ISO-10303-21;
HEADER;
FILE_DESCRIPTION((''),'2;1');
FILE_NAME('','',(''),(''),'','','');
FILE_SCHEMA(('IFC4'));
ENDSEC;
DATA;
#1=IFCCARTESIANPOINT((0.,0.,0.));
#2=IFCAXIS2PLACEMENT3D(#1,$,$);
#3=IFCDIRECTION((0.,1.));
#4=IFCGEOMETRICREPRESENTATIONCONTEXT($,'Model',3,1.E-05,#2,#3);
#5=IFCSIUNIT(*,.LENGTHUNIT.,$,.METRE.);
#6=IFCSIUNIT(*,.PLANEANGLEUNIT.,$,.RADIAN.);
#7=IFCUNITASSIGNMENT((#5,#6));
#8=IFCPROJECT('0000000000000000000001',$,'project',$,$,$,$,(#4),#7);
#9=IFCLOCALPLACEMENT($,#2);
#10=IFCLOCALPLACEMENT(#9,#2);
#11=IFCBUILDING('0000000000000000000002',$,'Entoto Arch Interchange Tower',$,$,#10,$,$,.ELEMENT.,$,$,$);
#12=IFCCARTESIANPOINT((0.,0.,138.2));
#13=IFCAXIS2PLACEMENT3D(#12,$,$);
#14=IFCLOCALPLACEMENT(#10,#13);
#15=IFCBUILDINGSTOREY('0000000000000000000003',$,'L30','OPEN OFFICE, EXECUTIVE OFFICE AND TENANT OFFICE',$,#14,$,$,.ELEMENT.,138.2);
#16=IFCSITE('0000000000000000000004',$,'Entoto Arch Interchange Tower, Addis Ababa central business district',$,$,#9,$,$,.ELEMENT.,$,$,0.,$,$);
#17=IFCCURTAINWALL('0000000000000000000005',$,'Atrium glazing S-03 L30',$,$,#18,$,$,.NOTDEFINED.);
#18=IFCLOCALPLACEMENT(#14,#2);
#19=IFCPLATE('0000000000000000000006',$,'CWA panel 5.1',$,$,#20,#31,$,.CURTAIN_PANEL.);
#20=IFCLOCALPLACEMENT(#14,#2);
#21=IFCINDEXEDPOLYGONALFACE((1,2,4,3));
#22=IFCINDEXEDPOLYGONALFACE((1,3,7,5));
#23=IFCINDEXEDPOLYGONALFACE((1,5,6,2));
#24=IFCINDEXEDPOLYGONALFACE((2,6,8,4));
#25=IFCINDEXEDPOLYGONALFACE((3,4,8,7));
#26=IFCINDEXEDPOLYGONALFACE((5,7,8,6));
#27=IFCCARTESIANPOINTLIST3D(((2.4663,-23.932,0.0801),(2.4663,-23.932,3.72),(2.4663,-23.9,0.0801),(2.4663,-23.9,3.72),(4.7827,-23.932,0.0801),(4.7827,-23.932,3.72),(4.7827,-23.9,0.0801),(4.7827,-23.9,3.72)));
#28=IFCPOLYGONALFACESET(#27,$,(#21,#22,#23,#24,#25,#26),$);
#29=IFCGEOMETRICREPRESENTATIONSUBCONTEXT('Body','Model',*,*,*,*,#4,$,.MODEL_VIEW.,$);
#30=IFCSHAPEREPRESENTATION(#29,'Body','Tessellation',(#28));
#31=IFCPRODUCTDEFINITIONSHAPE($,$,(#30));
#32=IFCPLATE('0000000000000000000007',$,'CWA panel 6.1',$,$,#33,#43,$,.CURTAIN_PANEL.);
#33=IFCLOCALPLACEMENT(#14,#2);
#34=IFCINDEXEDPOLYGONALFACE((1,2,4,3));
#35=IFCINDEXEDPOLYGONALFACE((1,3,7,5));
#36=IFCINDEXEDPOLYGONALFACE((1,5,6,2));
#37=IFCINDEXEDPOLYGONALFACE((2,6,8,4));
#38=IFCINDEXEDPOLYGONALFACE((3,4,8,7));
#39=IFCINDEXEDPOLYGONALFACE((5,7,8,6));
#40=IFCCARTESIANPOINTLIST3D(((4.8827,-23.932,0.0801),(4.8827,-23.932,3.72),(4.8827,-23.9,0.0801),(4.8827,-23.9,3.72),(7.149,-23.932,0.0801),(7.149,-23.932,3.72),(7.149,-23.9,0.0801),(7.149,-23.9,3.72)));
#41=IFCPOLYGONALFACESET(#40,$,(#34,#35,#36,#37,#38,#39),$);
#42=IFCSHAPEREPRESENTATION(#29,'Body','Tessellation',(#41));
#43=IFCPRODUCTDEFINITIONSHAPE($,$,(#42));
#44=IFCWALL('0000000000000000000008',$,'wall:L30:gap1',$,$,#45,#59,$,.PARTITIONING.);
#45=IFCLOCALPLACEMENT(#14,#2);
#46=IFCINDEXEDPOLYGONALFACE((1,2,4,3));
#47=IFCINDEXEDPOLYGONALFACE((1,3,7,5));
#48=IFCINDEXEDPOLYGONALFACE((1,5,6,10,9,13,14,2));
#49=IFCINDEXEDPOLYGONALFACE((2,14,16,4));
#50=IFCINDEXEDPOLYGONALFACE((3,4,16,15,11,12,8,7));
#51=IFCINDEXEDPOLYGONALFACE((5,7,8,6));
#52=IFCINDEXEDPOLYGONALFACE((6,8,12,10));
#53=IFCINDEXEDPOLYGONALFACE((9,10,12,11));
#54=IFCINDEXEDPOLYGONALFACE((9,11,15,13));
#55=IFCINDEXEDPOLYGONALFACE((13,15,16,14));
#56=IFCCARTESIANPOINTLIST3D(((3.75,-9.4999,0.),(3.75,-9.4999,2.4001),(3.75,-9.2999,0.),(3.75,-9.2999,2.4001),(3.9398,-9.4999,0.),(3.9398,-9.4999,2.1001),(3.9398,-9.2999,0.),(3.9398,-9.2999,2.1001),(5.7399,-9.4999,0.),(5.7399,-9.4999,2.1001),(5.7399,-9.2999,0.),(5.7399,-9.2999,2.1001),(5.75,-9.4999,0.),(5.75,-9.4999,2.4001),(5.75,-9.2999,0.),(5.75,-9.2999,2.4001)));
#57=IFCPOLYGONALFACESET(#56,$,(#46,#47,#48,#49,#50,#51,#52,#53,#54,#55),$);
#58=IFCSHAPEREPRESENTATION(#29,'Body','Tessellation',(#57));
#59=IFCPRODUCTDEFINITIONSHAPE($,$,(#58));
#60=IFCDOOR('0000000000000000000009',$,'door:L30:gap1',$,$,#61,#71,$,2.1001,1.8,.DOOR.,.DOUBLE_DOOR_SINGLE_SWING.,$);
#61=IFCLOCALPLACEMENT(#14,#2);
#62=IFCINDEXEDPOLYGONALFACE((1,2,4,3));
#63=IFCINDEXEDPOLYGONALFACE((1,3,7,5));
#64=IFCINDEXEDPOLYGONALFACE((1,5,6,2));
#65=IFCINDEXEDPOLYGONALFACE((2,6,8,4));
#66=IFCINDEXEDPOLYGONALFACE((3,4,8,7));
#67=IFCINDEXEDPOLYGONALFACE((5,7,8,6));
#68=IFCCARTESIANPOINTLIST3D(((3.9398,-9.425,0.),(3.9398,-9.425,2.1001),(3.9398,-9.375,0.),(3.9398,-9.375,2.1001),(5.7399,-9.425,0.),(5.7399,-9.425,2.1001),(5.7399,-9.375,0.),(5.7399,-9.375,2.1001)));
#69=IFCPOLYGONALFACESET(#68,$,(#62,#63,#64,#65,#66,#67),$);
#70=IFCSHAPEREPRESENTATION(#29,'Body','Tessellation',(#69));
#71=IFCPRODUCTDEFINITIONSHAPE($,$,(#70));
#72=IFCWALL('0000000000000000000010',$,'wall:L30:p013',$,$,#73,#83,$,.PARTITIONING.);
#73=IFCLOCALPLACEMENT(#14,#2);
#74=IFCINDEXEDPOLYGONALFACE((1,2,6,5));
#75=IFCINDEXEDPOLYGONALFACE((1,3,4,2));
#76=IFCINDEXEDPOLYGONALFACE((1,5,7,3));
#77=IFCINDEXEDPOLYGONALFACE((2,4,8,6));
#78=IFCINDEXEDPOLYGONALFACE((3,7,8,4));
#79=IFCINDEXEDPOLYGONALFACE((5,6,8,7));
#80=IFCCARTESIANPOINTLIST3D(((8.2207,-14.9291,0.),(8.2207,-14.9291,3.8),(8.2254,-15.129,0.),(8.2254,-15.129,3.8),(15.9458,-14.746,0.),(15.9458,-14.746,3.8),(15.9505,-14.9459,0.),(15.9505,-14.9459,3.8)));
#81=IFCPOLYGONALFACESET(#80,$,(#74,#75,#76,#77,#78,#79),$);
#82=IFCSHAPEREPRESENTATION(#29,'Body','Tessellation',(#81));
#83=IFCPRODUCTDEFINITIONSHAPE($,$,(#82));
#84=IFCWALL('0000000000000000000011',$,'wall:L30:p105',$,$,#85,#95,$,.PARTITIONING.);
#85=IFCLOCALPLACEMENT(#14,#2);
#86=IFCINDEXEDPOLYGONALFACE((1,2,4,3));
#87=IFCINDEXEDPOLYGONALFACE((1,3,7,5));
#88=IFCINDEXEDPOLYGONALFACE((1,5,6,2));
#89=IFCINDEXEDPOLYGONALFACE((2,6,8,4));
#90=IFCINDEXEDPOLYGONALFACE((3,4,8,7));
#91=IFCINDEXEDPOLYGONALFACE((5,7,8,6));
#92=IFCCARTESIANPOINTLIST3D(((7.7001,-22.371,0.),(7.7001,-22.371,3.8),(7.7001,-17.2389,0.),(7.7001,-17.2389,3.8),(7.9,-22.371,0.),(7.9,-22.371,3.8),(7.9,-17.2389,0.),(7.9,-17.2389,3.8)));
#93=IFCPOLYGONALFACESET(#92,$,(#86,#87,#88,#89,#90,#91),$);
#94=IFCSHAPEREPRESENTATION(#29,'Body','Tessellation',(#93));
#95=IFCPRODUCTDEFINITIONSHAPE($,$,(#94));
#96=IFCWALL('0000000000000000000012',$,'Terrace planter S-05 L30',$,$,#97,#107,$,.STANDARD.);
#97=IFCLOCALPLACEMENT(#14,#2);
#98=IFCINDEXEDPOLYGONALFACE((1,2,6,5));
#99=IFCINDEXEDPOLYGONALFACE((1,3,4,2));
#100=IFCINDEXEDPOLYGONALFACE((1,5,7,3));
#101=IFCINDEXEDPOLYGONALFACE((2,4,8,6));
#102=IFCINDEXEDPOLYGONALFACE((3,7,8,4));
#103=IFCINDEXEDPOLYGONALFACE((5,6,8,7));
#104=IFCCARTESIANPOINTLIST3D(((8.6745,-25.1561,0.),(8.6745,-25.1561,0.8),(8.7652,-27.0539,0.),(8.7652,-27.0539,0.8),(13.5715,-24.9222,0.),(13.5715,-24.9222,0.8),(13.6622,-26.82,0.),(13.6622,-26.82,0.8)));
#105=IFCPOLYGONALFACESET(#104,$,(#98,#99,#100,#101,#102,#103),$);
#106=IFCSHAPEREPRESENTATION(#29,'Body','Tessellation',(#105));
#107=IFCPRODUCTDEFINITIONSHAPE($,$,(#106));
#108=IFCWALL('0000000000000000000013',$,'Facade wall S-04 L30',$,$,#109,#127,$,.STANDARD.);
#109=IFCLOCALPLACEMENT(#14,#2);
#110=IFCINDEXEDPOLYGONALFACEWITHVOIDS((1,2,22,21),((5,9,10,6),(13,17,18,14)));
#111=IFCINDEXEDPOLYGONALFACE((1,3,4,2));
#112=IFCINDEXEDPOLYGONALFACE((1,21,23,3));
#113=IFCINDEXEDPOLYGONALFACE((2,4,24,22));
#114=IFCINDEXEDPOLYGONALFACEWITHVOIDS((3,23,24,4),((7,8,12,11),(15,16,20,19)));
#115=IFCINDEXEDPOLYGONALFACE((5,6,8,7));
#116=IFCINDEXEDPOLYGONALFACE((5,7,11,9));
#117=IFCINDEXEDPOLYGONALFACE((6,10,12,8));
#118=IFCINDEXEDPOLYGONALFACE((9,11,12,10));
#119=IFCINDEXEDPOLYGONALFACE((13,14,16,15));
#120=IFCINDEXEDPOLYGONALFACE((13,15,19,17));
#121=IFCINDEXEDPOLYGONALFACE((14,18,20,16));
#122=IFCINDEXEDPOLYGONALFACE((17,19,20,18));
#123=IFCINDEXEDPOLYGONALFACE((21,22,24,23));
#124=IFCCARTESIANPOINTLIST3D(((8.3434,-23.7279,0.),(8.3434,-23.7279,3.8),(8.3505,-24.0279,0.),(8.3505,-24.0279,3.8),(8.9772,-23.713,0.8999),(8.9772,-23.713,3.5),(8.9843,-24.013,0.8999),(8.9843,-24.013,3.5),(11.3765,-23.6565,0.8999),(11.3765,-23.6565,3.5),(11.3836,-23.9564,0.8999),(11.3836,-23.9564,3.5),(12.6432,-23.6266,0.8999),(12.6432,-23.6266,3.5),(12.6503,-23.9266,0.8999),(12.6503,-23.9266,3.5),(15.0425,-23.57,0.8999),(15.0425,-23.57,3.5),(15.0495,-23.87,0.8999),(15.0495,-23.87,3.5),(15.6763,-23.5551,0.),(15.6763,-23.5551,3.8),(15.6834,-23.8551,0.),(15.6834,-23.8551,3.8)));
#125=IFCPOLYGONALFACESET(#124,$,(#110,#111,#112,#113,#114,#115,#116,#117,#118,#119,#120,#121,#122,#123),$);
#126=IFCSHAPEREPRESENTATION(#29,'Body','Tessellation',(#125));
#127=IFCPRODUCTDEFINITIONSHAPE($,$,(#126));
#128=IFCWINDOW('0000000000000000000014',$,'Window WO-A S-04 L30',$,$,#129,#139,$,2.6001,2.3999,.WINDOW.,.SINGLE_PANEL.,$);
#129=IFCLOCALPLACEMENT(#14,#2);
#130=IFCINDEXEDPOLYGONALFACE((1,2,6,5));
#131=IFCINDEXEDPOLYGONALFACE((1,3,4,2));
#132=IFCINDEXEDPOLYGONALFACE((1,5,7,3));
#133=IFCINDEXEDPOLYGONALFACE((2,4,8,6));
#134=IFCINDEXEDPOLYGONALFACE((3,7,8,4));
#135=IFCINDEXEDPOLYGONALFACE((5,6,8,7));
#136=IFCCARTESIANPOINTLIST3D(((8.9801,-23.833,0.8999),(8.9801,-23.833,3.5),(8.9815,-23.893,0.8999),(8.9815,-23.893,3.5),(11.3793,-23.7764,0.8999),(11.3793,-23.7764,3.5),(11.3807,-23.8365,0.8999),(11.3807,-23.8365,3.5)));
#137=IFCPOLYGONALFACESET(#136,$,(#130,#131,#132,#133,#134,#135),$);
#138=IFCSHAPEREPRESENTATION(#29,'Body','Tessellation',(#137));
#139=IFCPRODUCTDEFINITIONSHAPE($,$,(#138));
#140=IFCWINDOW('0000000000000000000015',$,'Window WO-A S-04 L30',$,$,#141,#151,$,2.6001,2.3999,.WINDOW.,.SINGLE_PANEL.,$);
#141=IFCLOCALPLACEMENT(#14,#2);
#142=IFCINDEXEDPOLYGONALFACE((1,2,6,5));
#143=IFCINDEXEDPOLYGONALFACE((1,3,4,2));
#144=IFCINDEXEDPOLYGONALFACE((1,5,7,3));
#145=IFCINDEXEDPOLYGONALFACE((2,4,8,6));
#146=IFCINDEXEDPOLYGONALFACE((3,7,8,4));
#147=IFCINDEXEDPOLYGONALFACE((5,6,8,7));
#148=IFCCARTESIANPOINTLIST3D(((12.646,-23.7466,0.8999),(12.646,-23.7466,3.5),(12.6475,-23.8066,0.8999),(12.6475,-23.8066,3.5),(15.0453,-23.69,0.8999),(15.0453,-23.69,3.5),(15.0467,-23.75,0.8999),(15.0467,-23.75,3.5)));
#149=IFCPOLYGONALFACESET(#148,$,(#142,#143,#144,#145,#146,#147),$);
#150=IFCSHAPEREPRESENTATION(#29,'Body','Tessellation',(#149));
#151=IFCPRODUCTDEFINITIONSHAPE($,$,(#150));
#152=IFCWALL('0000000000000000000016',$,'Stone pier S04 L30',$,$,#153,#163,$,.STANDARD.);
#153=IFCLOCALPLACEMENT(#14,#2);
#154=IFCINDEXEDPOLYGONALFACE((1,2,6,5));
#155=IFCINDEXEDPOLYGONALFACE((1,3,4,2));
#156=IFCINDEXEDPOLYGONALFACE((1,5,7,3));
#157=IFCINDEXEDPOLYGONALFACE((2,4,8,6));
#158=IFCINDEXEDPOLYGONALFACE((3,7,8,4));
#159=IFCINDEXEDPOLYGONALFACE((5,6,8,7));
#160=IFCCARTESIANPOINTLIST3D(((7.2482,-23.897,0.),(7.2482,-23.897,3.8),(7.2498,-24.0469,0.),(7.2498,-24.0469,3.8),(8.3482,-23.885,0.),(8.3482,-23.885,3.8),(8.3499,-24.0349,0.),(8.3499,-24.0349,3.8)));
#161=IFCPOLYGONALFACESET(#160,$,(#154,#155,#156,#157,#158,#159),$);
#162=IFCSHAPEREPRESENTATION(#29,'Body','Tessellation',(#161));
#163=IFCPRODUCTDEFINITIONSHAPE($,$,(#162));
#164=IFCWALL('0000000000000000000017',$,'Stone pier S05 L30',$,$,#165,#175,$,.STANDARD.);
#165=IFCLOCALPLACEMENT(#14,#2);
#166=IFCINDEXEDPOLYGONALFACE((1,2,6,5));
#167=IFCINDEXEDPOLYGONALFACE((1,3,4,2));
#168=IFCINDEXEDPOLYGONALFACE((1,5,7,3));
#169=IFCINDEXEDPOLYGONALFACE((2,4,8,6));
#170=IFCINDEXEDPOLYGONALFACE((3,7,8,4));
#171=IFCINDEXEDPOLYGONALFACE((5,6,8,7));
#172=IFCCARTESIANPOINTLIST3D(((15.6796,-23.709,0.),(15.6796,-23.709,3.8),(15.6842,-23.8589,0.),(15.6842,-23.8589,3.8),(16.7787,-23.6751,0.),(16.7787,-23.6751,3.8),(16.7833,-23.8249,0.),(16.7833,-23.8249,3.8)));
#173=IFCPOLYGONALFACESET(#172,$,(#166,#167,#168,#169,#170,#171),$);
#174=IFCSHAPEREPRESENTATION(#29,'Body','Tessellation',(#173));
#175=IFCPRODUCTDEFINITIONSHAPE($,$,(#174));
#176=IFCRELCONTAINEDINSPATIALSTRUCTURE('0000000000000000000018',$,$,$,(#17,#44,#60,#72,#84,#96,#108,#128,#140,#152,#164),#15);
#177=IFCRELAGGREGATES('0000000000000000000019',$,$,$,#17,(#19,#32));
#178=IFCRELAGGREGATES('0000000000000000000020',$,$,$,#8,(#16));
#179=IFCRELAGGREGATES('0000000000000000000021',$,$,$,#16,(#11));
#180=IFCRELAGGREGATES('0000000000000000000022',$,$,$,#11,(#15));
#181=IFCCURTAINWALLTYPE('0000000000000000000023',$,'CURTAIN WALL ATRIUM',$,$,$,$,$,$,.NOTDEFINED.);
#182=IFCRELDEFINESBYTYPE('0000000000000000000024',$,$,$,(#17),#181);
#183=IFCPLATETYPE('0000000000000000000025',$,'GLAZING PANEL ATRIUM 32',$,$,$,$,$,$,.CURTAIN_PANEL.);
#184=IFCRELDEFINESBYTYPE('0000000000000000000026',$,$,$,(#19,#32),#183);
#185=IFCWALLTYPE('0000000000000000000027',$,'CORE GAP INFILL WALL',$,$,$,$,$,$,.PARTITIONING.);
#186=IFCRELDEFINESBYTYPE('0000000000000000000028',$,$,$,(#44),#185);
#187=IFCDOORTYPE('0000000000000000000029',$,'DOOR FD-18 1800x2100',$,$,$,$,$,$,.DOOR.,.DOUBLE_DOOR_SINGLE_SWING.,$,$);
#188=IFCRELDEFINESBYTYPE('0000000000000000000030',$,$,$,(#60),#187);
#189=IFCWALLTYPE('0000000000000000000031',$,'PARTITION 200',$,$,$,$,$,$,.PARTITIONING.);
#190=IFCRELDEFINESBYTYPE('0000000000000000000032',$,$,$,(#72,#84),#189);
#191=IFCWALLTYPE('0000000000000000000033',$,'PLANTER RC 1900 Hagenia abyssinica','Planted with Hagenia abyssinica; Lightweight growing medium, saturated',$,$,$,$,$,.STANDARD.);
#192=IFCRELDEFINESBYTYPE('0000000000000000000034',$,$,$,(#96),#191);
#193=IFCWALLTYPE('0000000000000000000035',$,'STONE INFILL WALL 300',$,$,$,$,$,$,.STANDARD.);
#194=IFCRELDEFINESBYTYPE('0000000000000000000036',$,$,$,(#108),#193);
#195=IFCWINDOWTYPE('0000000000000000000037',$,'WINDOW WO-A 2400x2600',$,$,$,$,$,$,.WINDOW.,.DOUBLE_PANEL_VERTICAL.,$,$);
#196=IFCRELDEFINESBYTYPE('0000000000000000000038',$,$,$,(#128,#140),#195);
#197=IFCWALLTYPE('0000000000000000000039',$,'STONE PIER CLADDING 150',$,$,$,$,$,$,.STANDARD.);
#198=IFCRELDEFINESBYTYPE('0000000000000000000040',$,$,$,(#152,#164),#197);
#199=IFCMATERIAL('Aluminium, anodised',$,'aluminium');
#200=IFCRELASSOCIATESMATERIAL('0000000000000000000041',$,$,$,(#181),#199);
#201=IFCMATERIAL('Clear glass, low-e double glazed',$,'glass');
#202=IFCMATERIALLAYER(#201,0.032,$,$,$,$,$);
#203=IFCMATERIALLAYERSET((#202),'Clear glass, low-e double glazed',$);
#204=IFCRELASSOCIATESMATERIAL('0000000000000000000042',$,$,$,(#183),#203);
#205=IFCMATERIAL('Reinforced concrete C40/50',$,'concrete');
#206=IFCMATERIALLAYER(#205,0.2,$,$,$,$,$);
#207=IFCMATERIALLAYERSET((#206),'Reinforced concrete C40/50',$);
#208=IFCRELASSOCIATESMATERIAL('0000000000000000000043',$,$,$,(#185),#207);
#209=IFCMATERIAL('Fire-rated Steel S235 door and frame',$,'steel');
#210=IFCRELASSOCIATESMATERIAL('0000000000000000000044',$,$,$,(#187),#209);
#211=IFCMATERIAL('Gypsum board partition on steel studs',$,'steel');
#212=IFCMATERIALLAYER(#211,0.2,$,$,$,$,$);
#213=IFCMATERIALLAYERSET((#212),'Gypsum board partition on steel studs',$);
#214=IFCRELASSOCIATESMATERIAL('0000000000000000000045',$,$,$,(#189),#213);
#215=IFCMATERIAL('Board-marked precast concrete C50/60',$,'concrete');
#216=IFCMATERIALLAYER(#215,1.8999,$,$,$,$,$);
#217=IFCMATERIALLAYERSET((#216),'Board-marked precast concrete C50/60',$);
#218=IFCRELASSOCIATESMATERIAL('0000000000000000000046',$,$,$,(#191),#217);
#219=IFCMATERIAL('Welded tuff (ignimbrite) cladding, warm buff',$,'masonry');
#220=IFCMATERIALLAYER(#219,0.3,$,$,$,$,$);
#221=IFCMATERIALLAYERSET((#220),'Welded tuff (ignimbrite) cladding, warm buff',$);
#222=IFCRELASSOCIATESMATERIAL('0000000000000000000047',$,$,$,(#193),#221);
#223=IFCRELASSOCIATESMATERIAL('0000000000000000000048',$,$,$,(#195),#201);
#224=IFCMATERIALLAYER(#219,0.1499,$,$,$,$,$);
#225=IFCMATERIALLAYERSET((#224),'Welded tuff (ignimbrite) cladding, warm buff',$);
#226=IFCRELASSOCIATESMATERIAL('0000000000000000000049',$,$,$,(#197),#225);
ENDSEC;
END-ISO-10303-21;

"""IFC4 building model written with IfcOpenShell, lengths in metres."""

from ifc_helpers import new_model, si_unit, direction, frame, frame_2d, origin, origin_2d, place, context, subcontext, project, spatial, rectangle, extrude, material, layer, layer_set, type_object, element, fill, aggregate, save


model = new_model("IFC4")

# Units and contexts
model_context = context("Model", 3, precision=1e-05, world=origin(), true_north=direction((0.0, 1.0)))
body_context = subcontext(model_context, "Body", "Model", "MODEL_VIEW")
ifc_project = project(units=[si_unit("LENGTHUNIT", "METRE"), si_unit("PLANEANGLEUNIT", "RADIAN")], contexts=[model_context])

# Site, building, storey
site_placement = place(None, origin())
site = spatial("IfcSite", under=ifc_project, at=site_placement, Name="Entoto Arch Interchange Tower, Addis Ababa central business district", CompositionType="ELEMENT", RefElevation=0.0)
building_placement = place(site_placement, origin())
building = spatial("IfcBuilding", under=site, at=building_placement, Name="Entoto Arch Interchange Tower", CompositionType="ELEMENT")
storey_placement = place(building_placement, frame((0.0, 0.0, 138.2)))
storey = spatial("IfcBuildingStorey", under=building, at=storey_placement, Name="L30", Description="OPEN OFFICE, EXECUTIVE OFFICE AND TENANT OFFICE", CompositionType="ELEMENT", Elevation=138.2)

# Curtain wall, plates
ifc_material_1 = material(Name="Aluminium, anodised", Category="aluminium")
curtain_wall_type = type_object("IfcCurtainWallType", Name="CURTAIN WALL ATRIUM", PredefinedType="NOTDEFINED", material=ifc_material_1)
curtain_wall_placement = place(storey_placement, origin())
curtain_wall = element("IfcCurtainWall", 1, at=curtain_wall_placement, inside=storey, type_object=curtain_wall_type, Name="Atrium glazing S-03 L30", PredefinedType="NOTDEFINED")
ifc_material_2 = material(Name="Clear glass, low-e double glazed", Category="glass")
ifc_layer_1 = layer(ifc_material_2, 0.032)
ifc_layer_set_1 = layer_set([ifc_layer_1], Name="Clear glass, low-e double glazed")
plate_type = type_object("IfcPlateType", Name="GLAZING PANEL ATRIUM 32", PredefinedType="CURTAIN_PANEL", material=ifc_layer_set_1)
plate_1_placement = place(storey_placement, frame((3.6245, -23.916, 0.0801), z_axis=(0.0, 0.0, 1.0), x_axis=(1.0, 0.0, 0.0)))
plate_1 = element("IfcPlate", 2, at=plate_1_placement, type_object=plate_type, Name="CWA panel 5.1", PredefinedType="CURTAIN_PANEL", context=body_context, shape_type="SweptSolid", body=[
    extrude(rectangle(XDim=2.3164, YDim=0.032, at=origin_2d()), origin(), (0.0, 0.0, 1.0), 3.6399),
])
plate_2_placement = place(storey_placement, frame((6.0159, -23.916, 0.0801), z_axis=(0.0, 0.0, 1.0), x_axis=(1.0, 0.0, 0.0)))
plate_2 = element("IfcPlate", 3, at=plate_2_placement, type_object=plate_type, Name="CWA panel 6.1", PredefinedType="CURTAIN_PANEL", context=body_context, shape_type="SweptSolid", body=[
    extrude(rectangle(XDim=2.2664, YDim=0.032, at=origin_2d()), origin(), (0.0, 0.0, 1.0), 3.6399),
])
aggregate(curtain_wall, [plate_1, plate_2])

# Wall, opening, door
ifc_material_3 = material(Name="Reinforced concrete C40/50", Category="concrete")
ifc_layer_2 = layer(ifc_material_3, 0.2)
ifc_layer_set_2 = layer_set([ifc_layer_2], Name="Reinforced concrete C40/50")
wall_type_1 = type_object("IfcWallType", Name="CORE GAP INFILL WALL", PredefinedType="PARTITIONING", material=ifc_layer_set_2)
wall_1_placement = place(storey_placement, frame((3.75, -9.3999, 0.0), z_axis=(0.0, 0.0, 1.0), x_axis=(1.0, 0.0, 0.0)))
wall_1 = element("IfcWall", 4, at=wall_1_placement, inside=storey, type_object=wall_type_1, Name="wall:L30:gap1", PredefinedType="PARTITIONING", context=body_context, shape_type="SweptSolid", body=[
    extrude(rectangle(XDim=2.0, YDim=0.2, at=frame_2d((1.0, 0.0))), origin(), (0.0, 0.0, 1.0), 2.4001),
])
opening_1_placement = place(wall_1_placement, frame((0.1899, 0.0, 0.0)))
opening_1 = element("IfcOpeningElement", 5, at=opening_1_placement, cuts=wall_1, PredefinedType="OPENING", context=body_context, shape_type="SweptSolid", body=[
    extrude(rectangle(XDim=1.8, YDim=2.1001, at=frame_2d((0.8999, 1.05))), frame((0.0, 0.1099, 0.0), z_axis=(0.0, -1.0, 0.0), x_axis=(1.0, 0.0, 0.0)), (0.0, 0.0, 1.0), 0.22),
])
ifc_material_4 = material(Name="Fire-rated Steel S235 door and frame", Category="steel")
door_type = type_object("IfcDoorType", Name="DOOR FD-18 1800x2100", OperationType="DOUBLE_DOOR_SINGLE_SWING", PredefinedType="DOOR", material=ifc_material_4)
door_placement = place(opening_1_placement, origin())
door = element("IfcDoor", 6, at=door_placement, inside=storey, type_object=door_type, Name="door:L30:gap1", OperationType="DOUBLE_DOOR_SINGLE_SWING", OverallHeight=2.1001, OverallWidth=1.8, PredefinedType="DOOR", context=body_context, shape_type="SweptSolid", body=[
    extrude(rectangle(XDim=1.8, YDim=2.1001, at=frame_2d((0.8999, 1.05))), frame((0.0, 0.0249, 0.0), z_axis=(0.0, -1.0, 0.0), x_axis=(1.0, 0.0, 0.0)), (0.0, 0.0, 1.0), 0.05),
])
fill(opening_1, door)

# Walls
ifc_material_5 = material(Name="Gypsum board partition on steel studs", Category="steel")
ifc_layer_3 = layer(ifc_material_5, 0.2)
ifc_layer_set_3 = layer_set([ifc_layer_3], Name="Gypsum board partition on steel studs")
wall_type_2 = type_object("IfcWallType", Name="PARTITION 200", PredefinedType="PARTITIONING", material=ifc_layer_set_3)
wall_2_placement = place(storey_placement, frame((8.2229, -15.0291, 0.0), z_axis=(0.0, 0.0, 1.0), x_axis=(0.999719, 0.023696, 0.0)))
element("IfcWall", 7, at=wall_2_placement, inside=storey, type_object=wall_type_2, Name="wall:L30:p013", PredefinedType="PARTITIONING", context=body_context, shape_type="SweptSolid", body=[
    extrude(rectangle(XDim=7.7273, YDim=0.2, at=frame_2d((3.8638, 0.0))), origin(), (0.0, 0.0, 1.0), 3.8),
])
wall_3_placement = place(storey_placement, frame((7.8, -17.239, 0.0), z_axis=(0.0, 0.0, 1.0), x_axis=(0.0, -1.0, 0.0)))
element("IfcWall", 8, at=wall_3_placement, inside=storey, type_object=wall_type_2, Name="wall:L30:p105", PredefinedType="PARTITIONING", context=body_context, shape_type="SweptSolid", body=[
    extrude(rectangle(XDim=5.1321, YDim=0.2, at=frame_2d((2.5659, 0.0))), origin(), (0.0, 0.0, 1.0), 3.8),
])
ifc_material_6 = material(Name="Board-marked precast concrete C50/60", Category="concrete")
ifc_layer_4 = layer(ifc_material_6, 1.8999)
ifc_layer_set_4 = layer_set([ifc_layer_4], Name="Board-marked precast concrete C50/60")
wall_type_3 = type_object("IfcWallType", Name="PLANTER RC 1900 Hagenia abyssinica", Description="Planted with Hagenia abyssinica; Lightweight growing medium, saturated", PredefinedType="STANDARD", material=ifc_layer_set_4)
wall_4_placement = place(storey_placement, frame((8.72, -26.105, 0.0), z_axis=(0.0, 0.0, 1.0), x_axis=(0.998861, 0.047707, 0.0)))
element("IfcWall", 9, at=wall_4_placement, inside=storey, type_object=wall_type_3, Name="Terrace planter S-05 L30", PredefinedType="STANDARD", context=body_context, shape_type="SweptSolid", body=[
    extrude(rectangle(XDim=4.9026, YDim=1.8999, at=frame_2d((2.4512, 0.0))), origin(), (0.0, 0.0, 1.0), 0.8),
])

# Wall, openings, windows
ifc_material_7 = material(Name="Welded tuff (ignimbrite) cladding, warm buff", Category="masonry")
ifc_layer_5 = layer(ifc_material_7, 0.3)
ifc_layer_set_5 = layer_set([ifc_layer_5], Name="Welded tuff (ignimbrite) cladding, warm buff")
wall_type_4 = type_object("IfcWallType", Name="STONE INFILL WALL 300", PredefinedType="STANDARD", material=ifc_layer_set_5)
wall_5_placement = place(storey_placement, frame((8.3469, -23.8779, 0.0), z_axis=(0.0, 0.0, 1.0), x_axis=(0.999722, 0.023565, 0.0)))
wall_5 = element("IfcWall", 10, at=wall_5_placement, inside=storey, type_object=wall_type_4, Name="Facade wall S-04 L30", PredefinedType="STANDARD", context=body_context, shape_type="SweptSolid", body=[
    extrude(rectangle(XDim=7.335, YDim=0.3, at=frame_2d((3.6675, 0.0))), origin(), (0.0, 0.0, 1.0), 3.8),
])
opening_2_placement = place(wall_5_placement, frame((0.634, 0.0, 0.8999)))
opening_2 = element("IfcOpeningElement", 11, at=opening_2_placement, cuts=wall_5, PredefinedType="OPENING", context=body_context, shape_type="SweptSolid", body=[
    extrude(rectangle(XDim=2.3999, YDim=2.6001, at=frame_2d((1.2, 1.3))), frame((0.0, 0.1602, 0.0), z_axis=(0.0, -1.0, 0.0), x_axis=(1.0, 0.0, 0.0)), (0.0, 0.0, 1.0), 0.3201),
])
opening_3_placement = place(wall_5_placement, frame((4.301, 0.0, 0.8999)))
opening_3 = element("IfcOpeningElement", 12, at=opening_3_placement, cuts=wall_5, PredefinedType="OPENING", context=body_context, shape_type="SweptSolid", body=[
    extrude(rectangle(XDim=2.3999, YDim=2.6001, at=frame_2d((1.2, 1.3))), frame((0.0, 0.1602, 0.0), z_axis=(0.0, -1.0, 0.0), x_axis=(1.0, 0.0, 0.0)), (0.0, 0.0, 1.0), 0.3201),
])
window_type = type_object("IfcWindowType", Name="WINDOW WO-A 2400x2600", PartitioningType="DOUBLE_PANEL_VERTICAL", PredefinedType="WINDOW", material=ifc_material_2)
window_1_placement = place(opening_2_placement, origin())
window_1 = element("IfcWindow", 13, at=window_1_placement, inside=storey, type_object=window_type, Name="Window WO-A S-04 L30", OverallHeight=2.6001, OverallWidth=2.3999, PartitioningType="SINGLE_PANEL", PredefinedType="WINDOW", context=body_context, shape_type="SweptSolid", body=[
    extrude(rectangle(XDim=2.3999, YDim=2.6001, at=frame_2d((1.2, 1.3))), frame((0.0, 0.03, 0.0), z_axis=(0.0, -1.0, 0.0), x_axis=(1.0, 0.0, 0.0)), (0.0, 0.0, 1.0), 0.0601),
])
fill(opening_2, window_1)
window_2_placement = place(opening_3_placement, origin())
window_2 = element("IfcWindow", 14, at=window_2_placement, inside=storey, type_object=window_type, Name="Window WO-A S-04 L30", OverallHeight=2.6001, OverallWidth=2.3999, PartitioningType="SINGLE_PANEL", PredefinedType="WINDOW", context=body_context, shape_type="SweptSolid", body=[
    extrude(rectangle(XDim=2.3999, YDim=2.6001, at=frame_2d((1.2, 1.3))), frame((0.0, 0.03, 0.0), z_axis=(0.0, -1.0, 0.0), x_axis=(1.0, 0.0, 0.0)), (0.0, 0.0, 1.0), 0.0601),
])
fill(opening_3, window_2)

# Walls
ifc_layer_6 = layer(ifc_material_7, 0.1499)
ifc_layer_set_6 = layer_set([ifc_layer_6], Name="Welded tuff (ignimbrite) cladding, warm buff")
wall_type_5 = type_object("IfcWallType", Name="STONE PIER CLADDING 150", PredefinedType="STANDARD", material=ifc_layer_set_6)
wall_6_placement = place(storey_placement, frame((7.249, -23.9719, 0.0), z_axis=(0.0, 0.0, 1.0), x_axis=(0.999941, 0.010874, 0.0)))
element("IfcWall", 15, at=wall_6_placement, inside=storey, type_object=wall_type_5, Name="Stone pier S04 L30", PredefinedType="STANDARD", context=body_context, shape_type="SweptSolid", body=[
    extrude(rectangle(XDim=1.1001, YDim=0.1499, at=frame_2d((0.55, 0.0))), origin(), (0.0, 0.0, 1.0), 3.8),
])
wall_7_placement = place(storey_placement, frame((15.6819, -23.7839, 0.0), z_axis=(0.0, 0.0, 1.0), x_axis=(0.999524, 0.03086, 0.0)))
element("IfcWall", 16, at=wall_7_placement, inside=storey, type_object=wall_type_5, Name="Stone pier S05 L30", PredefinedType="STANDARD", context=body_context, shape_type="SweptSolid", body=[
    extrude(rectangle(XDim=1.0996, YDim=0.1499, at=frame_2d((0.5498, 0.0))), origin(), (0.0, 0.0, 1.0), 3.8),
])

save(model, "model.ifc")
